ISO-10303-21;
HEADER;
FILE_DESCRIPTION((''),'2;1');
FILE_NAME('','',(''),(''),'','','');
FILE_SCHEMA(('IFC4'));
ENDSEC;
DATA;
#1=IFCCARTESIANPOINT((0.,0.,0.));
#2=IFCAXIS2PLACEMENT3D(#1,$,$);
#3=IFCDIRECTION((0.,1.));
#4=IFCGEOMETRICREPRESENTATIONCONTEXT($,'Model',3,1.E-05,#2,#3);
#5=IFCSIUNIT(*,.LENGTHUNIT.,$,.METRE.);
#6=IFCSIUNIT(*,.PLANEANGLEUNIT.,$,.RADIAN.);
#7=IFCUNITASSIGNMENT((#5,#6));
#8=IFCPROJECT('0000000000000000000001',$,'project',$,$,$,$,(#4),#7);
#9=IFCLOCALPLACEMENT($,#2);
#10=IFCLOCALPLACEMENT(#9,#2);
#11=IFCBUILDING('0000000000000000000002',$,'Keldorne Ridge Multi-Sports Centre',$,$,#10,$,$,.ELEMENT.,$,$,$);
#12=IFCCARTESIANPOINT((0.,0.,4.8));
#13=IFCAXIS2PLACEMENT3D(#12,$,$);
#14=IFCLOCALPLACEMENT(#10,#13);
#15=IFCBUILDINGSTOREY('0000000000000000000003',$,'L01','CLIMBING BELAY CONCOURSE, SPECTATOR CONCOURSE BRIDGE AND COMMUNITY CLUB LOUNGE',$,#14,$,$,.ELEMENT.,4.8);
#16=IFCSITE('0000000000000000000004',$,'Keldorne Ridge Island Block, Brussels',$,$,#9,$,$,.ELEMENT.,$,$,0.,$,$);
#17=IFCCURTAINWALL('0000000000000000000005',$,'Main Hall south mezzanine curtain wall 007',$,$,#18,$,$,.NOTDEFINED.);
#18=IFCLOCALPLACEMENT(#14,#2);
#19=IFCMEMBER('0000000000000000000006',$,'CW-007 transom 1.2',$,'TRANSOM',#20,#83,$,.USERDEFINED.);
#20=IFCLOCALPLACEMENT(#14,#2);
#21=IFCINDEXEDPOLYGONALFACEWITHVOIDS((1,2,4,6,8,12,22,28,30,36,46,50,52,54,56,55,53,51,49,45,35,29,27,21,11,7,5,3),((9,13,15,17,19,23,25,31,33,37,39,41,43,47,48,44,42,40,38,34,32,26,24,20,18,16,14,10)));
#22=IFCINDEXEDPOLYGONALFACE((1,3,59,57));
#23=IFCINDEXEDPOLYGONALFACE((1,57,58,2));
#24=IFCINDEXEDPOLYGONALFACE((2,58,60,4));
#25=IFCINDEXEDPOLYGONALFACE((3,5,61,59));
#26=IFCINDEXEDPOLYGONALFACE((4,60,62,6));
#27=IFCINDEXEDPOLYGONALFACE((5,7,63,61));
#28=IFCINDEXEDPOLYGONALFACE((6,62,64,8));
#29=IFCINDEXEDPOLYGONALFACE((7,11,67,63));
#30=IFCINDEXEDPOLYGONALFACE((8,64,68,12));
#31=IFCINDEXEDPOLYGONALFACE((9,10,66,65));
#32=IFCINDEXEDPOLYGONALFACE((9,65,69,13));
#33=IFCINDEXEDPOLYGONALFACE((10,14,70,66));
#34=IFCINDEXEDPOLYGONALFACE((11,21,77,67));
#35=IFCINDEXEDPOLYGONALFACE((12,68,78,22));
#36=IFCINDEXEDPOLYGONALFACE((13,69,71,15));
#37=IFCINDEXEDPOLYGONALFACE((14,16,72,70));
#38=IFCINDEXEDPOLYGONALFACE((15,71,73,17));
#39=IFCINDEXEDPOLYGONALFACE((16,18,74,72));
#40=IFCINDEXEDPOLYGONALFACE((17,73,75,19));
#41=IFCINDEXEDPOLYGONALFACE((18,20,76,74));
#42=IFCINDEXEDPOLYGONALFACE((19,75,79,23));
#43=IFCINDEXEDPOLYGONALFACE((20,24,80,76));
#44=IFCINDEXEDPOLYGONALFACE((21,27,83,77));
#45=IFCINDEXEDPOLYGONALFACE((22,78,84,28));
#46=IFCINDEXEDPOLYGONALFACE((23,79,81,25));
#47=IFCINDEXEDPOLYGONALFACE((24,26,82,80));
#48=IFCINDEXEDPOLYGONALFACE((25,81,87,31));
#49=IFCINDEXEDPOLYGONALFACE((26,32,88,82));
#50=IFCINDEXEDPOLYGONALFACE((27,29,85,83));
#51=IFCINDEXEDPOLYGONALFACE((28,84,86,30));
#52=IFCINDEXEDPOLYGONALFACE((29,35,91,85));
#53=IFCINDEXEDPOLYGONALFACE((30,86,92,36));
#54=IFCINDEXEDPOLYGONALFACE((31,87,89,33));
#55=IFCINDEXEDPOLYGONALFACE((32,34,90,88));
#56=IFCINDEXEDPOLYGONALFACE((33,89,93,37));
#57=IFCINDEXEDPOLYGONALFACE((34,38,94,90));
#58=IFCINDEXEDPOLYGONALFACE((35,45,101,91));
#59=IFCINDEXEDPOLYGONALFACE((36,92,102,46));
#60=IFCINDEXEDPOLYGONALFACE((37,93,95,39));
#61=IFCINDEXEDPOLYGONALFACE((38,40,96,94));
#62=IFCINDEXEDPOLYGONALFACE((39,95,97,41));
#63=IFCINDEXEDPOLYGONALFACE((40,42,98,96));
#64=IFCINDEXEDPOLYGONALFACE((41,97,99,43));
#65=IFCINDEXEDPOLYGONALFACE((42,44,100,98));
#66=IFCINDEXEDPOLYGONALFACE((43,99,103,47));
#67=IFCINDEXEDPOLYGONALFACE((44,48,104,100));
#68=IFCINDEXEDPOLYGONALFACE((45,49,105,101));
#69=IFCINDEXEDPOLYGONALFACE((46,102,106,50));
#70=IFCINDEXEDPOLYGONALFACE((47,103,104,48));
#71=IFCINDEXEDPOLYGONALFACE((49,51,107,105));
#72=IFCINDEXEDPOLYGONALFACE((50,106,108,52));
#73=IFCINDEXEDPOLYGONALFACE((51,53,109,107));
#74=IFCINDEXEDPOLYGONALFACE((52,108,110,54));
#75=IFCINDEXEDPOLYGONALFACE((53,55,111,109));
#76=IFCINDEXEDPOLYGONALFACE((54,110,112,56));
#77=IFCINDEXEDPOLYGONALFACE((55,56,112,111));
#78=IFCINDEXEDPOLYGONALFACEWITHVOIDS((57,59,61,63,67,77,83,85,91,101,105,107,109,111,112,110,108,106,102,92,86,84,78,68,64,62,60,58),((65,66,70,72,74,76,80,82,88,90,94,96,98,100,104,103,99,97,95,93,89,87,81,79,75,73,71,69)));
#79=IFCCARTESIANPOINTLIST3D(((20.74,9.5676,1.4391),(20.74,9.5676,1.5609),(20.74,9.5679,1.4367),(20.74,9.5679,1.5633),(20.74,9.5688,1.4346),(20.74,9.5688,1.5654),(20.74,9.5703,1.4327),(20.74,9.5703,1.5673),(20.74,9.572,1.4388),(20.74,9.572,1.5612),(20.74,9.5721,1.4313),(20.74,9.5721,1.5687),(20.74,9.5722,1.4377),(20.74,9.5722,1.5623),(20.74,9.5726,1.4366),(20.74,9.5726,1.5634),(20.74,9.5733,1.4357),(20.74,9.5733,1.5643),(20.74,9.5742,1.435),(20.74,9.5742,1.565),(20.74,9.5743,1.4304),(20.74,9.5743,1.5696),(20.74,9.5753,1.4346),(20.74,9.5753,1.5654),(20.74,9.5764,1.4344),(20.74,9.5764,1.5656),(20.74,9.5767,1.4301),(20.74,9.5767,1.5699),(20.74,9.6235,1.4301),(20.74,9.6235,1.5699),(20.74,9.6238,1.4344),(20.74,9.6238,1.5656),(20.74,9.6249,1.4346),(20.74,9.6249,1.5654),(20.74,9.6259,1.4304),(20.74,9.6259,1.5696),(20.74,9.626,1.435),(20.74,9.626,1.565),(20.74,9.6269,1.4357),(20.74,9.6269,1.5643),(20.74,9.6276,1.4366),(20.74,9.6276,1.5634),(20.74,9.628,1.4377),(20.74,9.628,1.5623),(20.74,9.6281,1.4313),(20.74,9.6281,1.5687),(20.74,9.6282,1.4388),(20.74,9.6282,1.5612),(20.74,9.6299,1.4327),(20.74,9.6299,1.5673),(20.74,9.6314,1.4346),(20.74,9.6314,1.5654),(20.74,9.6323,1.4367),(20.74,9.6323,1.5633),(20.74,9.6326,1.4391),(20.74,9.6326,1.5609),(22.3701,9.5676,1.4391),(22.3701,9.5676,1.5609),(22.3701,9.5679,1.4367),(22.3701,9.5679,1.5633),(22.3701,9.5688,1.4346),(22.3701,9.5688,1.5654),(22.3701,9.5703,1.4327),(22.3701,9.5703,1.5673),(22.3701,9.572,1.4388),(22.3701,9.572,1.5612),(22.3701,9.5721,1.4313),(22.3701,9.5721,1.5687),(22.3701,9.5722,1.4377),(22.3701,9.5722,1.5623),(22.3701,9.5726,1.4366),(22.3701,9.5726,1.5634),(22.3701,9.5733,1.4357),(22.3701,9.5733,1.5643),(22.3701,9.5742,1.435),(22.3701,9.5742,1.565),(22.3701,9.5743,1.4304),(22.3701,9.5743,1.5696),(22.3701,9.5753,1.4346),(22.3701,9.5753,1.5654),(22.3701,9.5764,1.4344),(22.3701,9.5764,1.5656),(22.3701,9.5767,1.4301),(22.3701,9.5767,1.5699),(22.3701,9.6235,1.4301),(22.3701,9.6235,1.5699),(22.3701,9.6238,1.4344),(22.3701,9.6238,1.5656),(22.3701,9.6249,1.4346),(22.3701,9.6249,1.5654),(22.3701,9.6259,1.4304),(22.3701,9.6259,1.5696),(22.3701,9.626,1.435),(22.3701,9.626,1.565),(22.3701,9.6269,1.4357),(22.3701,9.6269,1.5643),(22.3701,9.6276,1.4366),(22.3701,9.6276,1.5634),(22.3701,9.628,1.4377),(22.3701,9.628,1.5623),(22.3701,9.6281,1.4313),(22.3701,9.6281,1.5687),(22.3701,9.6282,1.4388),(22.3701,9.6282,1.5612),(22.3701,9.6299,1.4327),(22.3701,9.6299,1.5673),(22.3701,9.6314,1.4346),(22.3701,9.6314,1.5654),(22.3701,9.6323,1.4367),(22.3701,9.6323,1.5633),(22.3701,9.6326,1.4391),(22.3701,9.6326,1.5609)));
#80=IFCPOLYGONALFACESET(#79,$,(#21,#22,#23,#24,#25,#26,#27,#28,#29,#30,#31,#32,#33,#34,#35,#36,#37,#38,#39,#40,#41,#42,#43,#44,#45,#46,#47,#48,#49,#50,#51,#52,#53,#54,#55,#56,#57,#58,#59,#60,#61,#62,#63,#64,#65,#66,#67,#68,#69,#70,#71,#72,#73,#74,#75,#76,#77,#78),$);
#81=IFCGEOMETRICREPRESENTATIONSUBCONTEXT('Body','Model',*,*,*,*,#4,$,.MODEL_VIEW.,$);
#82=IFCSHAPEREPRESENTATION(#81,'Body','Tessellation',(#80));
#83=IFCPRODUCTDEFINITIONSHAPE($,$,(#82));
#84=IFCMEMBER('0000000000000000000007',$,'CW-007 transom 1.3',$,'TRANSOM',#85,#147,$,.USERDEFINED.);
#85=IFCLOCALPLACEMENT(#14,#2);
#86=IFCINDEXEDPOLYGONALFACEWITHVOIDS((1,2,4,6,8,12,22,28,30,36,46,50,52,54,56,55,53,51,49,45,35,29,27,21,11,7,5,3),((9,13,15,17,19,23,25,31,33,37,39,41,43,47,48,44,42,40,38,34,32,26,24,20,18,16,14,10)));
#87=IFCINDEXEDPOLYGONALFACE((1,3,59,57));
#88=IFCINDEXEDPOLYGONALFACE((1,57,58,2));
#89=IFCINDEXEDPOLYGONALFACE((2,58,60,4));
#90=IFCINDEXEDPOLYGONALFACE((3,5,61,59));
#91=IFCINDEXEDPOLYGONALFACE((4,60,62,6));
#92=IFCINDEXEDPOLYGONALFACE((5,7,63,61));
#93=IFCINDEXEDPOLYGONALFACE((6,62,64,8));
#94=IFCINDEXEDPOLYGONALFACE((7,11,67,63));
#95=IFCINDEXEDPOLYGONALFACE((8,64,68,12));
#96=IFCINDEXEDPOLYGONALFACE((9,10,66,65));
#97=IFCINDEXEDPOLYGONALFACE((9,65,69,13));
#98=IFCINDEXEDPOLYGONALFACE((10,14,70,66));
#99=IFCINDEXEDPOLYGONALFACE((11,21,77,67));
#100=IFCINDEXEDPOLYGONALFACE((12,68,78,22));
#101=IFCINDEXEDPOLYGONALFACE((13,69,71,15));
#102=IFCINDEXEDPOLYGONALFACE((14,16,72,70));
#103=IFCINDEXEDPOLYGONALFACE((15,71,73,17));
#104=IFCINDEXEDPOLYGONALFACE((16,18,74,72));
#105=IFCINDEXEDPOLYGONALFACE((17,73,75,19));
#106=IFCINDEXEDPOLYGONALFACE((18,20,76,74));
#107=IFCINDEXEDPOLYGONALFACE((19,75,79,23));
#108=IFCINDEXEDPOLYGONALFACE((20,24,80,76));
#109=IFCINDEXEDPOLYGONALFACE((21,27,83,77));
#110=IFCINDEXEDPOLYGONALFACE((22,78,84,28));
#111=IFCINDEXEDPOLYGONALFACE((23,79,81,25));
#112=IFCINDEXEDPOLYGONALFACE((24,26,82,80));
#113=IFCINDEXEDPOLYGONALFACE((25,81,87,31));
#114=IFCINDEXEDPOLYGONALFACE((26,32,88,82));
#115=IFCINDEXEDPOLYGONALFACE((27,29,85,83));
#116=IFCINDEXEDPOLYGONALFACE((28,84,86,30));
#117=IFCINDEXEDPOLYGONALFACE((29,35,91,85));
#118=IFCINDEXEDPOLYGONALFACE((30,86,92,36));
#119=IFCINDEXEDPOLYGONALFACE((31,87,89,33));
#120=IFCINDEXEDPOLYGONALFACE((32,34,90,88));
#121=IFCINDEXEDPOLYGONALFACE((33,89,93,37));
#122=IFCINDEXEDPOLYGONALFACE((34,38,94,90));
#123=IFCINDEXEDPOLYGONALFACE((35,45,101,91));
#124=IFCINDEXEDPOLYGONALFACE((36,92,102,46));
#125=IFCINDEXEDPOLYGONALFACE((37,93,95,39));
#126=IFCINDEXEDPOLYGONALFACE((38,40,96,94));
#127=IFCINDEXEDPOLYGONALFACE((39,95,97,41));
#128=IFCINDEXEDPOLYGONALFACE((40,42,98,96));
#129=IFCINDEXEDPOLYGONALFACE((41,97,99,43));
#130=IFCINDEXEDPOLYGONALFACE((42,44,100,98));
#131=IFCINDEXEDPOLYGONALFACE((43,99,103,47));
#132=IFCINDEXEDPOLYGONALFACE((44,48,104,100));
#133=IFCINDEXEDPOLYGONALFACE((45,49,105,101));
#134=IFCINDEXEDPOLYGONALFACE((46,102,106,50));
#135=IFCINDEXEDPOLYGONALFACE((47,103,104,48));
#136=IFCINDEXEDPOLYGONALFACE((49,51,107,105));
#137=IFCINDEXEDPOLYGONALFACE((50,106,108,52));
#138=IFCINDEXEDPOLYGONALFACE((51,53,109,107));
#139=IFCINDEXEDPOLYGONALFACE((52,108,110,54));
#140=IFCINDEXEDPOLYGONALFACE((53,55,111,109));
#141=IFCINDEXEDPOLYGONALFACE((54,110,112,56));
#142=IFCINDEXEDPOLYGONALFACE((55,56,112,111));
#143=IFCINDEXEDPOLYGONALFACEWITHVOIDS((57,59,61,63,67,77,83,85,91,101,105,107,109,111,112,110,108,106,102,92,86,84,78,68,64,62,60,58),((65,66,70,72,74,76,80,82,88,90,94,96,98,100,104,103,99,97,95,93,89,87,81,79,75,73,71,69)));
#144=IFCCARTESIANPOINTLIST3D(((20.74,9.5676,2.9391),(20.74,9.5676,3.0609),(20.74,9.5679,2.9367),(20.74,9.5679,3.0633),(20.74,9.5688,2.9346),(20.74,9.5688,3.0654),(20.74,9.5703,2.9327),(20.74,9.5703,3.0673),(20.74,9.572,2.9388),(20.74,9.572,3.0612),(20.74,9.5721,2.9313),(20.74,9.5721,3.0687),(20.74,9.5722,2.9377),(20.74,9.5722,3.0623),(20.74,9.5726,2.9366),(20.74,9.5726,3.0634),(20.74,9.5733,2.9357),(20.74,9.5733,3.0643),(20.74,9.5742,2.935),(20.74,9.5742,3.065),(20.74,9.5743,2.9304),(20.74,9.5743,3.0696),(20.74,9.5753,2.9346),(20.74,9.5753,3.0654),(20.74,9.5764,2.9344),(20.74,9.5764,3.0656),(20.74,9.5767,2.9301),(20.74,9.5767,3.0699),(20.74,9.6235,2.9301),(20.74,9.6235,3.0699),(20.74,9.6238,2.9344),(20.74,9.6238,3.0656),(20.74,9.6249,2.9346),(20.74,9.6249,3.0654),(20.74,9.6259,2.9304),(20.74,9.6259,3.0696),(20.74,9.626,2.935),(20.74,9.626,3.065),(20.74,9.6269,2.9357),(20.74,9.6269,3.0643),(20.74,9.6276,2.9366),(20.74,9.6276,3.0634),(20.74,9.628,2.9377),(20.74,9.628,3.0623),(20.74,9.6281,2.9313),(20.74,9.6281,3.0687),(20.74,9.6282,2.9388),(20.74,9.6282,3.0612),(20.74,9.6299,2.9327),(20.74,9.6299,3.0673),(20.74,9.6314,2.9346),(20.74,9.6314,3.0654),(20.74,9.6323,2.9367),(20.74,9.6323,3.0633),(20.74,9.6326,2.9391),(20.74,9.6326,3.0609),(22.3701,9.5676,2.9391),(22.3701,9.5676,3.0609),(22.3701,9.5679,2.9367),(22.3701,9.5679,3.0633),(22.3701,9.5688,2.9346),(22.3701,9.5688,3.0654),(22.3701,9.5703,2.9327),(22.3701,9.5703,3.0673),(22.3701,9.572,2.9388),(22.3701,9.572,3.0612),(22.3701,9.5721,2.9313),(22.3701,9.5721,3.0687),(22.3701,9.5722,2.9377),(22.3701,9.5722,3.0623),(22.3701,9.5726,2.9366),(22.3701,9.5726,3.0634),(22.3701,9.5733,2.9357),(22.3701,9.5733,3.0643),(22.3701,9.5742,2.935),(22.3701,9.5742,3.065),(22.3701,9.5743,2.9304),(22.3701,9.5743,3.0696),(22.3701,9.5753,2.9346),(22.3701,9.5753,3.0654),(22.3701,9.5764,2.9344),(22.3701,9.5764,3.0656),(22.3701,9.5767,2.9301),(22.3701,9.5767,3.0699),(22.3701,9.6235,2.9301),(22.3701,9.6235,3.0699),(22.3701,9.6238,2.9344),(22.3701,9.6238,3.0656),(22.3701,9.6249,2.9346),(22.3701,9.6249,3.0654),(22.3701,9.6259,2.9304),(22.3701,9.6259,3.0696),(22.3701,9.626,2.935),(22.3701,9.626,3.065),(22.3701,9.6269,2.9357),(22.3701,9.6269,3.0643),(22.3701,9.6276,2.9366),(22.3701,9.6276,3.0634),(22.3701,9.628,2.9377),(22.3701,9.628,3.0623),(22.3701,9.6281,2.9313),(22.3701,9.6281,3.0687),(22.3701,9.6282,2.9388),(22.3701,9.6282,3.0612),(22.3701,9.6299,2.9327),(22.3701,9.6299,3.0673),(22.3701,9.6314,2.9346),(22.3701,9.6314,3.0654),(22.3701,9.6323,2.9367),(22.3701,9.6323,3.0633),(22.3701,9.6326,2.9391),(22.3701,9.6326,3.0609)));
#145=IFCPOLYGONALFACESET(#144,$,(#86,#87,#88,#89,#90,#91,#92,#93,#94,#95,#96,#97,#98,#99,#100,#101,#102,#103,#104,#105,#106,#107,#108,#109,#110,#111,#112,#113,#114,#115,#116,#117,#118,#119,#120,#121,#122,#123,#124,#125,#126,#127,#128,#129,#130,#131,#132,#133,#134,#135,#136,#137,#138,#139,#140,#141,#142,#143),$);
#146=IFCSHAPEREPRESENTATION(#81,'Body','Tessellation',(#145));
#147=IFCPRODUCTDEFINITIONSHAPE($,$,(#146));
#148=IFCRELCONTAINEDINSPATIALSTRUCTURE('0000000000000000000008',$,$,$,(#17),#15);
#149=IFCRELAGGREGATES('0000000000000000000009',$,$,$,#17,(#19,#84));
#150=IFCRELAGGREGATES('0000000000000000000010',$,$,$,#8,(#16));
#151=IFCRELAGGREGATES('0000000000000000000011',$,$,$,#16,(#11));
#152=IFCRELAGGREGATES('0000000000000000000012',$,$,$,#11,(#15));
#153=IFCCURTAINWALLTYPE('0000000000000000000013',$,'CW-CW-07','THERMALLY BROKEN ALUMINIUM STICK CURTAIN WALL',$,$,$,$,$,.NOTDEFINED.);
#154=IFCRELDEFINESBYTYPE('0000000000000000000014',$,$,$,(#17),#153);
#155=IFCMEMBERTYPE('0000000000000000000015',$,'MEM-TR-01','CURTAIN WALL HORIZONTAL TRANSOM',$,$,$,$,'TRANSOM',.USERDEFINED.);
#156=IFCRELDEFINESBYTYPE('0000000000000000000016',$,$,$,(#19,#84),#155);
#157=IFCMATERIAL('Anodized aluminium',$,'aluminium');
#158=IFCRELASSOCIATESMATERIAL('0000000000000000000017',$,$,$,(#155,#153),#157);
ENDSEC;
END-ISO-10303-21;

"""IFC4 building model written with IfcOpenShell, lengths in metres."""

from ifc_helpers import new_model, si_unit, direction, frame, origin, origin_2d, place, context, subcontext, project, spatial, hollow_rectangle, extrude, material, material_profile, profile_set, type_object, element, aggregate, save


model = new_model("IFC4")

# Units and contexts
model_context = context("Model", 3, precision=1e-05, world=origin(), true_north=direction((0.0, 1.0)))
body_context = subcontext(model_context, "Body", "Model", "MODEL_VIEW")
ifc_project = project(units=[si_unit("LENGTHUNIT", "METRE"), si_unit("PLANEANGLEUNIT", "RADIAN")], contexts=[model_context])

# Site, building, storey
site_placement = place(None, origin())
site = spatial("IfcSite", under=ifc_project, at=site_placement, Name="Keldorne Ridge Island Block, Brussels", CompositionType="ELEMENT", RefElevation=0.0)
building_placement = place(site_placement, origin())
building = spatial("IfcBuilding", under=site, at=building_placement, Name="Keldorne Ridge Multi-Sports Centre", CompositionType="ELEMENT")
storey_placement = place(building_placement, frame((0.0, 0.0, 4.8)))
storey = spatial("IfcBuildingStorey", under=building, at=storey_placement, Name="L01", Description="CLIMBING BELAY CONCOURSE, SPECTATOR CONCOURSE BRIDGE AND COMMUNITY CLUB LOUNGE", CompositionType="ELEMENT", Elevation=4.8)

# Curtain wall, members
ifc_material_1 = material(Name="Anodized aluminium", Category="aluminium")
ifc_material_profile_1 = material_profile(ifc_material_1, hollow_rectangle(XDim=0.0649, YDim=0.1399, WallThickness=0.0044, InnerFilletRadius=0.0044, OuterFilletRadius=0.009, at=origin_2d()), Name="ALU TRANSOM 140x65x4.5")
ifc_profile_set_1 = profile_set([ifc_material_profile_1], Name="Anodized aluminium")
member_type = type_object("IfcMemberType", Name="MEM-TR-01", Description="CURTAIN WALL HORIZONTAL TRANSOM", ElementType="TRANSOM", PredefinedType="USERDEFINED", material=ifc_profile_set_1)
curtain_wall_type_1 = type_object("IfcCurtainWallType", Name="CW-CW-07", Description="THERMALLY BROKEN ALUMINIUM STICK CURTAIN WALL", PredefinedType="NOTDEFINED", material=ifc_material_1)
curtain_wall_1_placement = place(storey_placement, origin())
curtain_wall_1 = element("IfcCurtainWall", 1, at=curtain_wall_1_placement, inside=storey, type_object=curtain_wall_type_1, Name="Main Hall south mezzanine curtain wall 007", PredefinedType="NOTDEFINED")
member_1_placement = place(storey_placement, frame((20.74, 9.6001, 1.5), z_axis=(1.0, 0.0, 0.0), x_axis=(0.0, 1.0, 0.0)))
member_1 = element("IfcMember", 2, at=member_1_placement, type_object=member_type, Name="CW-007 transom 1.2", ObjectType="TRANSOM", PredefinedType="USERDEFINED", context=body_context, shape_type="SweptSolid", body=[
    extrude(hollow_rectangle(XDim=0.0649, YDim=0.1399, WallThickness=0.0044, InnerFilletRadius=0.0044, OuterFilletRadius=0.009, at=origin_2d()), origin(), (0.0, 0.0, 1.0), 1.6301),
])
member_2_placement = place(storey_placement, frame((20.74, 9.6001, 3.0), z_axis=(1.0, 0.0, 0.0), x_axis=(0.0, 1.0, 0.0)))
member_2 = element("IfcMember", 3, at=member_2_placement, type_object=member_type, Name="CW-007 transom 1.3", ObjectType="TRANSOM", PredefinedType="USERDEFINED", context=body_context, shape_type="SweptSolid", body=[
    extrude(hollow_rectangle(XDim=0.0649, YDim=0.1399, WallThickness=0.0044, InnerFilletRadius=0.0044, OuterFilletRadius=0.009, at=origin_2d()), origin(), (0.0, 0.0, 1.0), 1.6301),
])

aggregate(curtain_wall_1, [member_1, member_2])

save(model, "model.ifc")
